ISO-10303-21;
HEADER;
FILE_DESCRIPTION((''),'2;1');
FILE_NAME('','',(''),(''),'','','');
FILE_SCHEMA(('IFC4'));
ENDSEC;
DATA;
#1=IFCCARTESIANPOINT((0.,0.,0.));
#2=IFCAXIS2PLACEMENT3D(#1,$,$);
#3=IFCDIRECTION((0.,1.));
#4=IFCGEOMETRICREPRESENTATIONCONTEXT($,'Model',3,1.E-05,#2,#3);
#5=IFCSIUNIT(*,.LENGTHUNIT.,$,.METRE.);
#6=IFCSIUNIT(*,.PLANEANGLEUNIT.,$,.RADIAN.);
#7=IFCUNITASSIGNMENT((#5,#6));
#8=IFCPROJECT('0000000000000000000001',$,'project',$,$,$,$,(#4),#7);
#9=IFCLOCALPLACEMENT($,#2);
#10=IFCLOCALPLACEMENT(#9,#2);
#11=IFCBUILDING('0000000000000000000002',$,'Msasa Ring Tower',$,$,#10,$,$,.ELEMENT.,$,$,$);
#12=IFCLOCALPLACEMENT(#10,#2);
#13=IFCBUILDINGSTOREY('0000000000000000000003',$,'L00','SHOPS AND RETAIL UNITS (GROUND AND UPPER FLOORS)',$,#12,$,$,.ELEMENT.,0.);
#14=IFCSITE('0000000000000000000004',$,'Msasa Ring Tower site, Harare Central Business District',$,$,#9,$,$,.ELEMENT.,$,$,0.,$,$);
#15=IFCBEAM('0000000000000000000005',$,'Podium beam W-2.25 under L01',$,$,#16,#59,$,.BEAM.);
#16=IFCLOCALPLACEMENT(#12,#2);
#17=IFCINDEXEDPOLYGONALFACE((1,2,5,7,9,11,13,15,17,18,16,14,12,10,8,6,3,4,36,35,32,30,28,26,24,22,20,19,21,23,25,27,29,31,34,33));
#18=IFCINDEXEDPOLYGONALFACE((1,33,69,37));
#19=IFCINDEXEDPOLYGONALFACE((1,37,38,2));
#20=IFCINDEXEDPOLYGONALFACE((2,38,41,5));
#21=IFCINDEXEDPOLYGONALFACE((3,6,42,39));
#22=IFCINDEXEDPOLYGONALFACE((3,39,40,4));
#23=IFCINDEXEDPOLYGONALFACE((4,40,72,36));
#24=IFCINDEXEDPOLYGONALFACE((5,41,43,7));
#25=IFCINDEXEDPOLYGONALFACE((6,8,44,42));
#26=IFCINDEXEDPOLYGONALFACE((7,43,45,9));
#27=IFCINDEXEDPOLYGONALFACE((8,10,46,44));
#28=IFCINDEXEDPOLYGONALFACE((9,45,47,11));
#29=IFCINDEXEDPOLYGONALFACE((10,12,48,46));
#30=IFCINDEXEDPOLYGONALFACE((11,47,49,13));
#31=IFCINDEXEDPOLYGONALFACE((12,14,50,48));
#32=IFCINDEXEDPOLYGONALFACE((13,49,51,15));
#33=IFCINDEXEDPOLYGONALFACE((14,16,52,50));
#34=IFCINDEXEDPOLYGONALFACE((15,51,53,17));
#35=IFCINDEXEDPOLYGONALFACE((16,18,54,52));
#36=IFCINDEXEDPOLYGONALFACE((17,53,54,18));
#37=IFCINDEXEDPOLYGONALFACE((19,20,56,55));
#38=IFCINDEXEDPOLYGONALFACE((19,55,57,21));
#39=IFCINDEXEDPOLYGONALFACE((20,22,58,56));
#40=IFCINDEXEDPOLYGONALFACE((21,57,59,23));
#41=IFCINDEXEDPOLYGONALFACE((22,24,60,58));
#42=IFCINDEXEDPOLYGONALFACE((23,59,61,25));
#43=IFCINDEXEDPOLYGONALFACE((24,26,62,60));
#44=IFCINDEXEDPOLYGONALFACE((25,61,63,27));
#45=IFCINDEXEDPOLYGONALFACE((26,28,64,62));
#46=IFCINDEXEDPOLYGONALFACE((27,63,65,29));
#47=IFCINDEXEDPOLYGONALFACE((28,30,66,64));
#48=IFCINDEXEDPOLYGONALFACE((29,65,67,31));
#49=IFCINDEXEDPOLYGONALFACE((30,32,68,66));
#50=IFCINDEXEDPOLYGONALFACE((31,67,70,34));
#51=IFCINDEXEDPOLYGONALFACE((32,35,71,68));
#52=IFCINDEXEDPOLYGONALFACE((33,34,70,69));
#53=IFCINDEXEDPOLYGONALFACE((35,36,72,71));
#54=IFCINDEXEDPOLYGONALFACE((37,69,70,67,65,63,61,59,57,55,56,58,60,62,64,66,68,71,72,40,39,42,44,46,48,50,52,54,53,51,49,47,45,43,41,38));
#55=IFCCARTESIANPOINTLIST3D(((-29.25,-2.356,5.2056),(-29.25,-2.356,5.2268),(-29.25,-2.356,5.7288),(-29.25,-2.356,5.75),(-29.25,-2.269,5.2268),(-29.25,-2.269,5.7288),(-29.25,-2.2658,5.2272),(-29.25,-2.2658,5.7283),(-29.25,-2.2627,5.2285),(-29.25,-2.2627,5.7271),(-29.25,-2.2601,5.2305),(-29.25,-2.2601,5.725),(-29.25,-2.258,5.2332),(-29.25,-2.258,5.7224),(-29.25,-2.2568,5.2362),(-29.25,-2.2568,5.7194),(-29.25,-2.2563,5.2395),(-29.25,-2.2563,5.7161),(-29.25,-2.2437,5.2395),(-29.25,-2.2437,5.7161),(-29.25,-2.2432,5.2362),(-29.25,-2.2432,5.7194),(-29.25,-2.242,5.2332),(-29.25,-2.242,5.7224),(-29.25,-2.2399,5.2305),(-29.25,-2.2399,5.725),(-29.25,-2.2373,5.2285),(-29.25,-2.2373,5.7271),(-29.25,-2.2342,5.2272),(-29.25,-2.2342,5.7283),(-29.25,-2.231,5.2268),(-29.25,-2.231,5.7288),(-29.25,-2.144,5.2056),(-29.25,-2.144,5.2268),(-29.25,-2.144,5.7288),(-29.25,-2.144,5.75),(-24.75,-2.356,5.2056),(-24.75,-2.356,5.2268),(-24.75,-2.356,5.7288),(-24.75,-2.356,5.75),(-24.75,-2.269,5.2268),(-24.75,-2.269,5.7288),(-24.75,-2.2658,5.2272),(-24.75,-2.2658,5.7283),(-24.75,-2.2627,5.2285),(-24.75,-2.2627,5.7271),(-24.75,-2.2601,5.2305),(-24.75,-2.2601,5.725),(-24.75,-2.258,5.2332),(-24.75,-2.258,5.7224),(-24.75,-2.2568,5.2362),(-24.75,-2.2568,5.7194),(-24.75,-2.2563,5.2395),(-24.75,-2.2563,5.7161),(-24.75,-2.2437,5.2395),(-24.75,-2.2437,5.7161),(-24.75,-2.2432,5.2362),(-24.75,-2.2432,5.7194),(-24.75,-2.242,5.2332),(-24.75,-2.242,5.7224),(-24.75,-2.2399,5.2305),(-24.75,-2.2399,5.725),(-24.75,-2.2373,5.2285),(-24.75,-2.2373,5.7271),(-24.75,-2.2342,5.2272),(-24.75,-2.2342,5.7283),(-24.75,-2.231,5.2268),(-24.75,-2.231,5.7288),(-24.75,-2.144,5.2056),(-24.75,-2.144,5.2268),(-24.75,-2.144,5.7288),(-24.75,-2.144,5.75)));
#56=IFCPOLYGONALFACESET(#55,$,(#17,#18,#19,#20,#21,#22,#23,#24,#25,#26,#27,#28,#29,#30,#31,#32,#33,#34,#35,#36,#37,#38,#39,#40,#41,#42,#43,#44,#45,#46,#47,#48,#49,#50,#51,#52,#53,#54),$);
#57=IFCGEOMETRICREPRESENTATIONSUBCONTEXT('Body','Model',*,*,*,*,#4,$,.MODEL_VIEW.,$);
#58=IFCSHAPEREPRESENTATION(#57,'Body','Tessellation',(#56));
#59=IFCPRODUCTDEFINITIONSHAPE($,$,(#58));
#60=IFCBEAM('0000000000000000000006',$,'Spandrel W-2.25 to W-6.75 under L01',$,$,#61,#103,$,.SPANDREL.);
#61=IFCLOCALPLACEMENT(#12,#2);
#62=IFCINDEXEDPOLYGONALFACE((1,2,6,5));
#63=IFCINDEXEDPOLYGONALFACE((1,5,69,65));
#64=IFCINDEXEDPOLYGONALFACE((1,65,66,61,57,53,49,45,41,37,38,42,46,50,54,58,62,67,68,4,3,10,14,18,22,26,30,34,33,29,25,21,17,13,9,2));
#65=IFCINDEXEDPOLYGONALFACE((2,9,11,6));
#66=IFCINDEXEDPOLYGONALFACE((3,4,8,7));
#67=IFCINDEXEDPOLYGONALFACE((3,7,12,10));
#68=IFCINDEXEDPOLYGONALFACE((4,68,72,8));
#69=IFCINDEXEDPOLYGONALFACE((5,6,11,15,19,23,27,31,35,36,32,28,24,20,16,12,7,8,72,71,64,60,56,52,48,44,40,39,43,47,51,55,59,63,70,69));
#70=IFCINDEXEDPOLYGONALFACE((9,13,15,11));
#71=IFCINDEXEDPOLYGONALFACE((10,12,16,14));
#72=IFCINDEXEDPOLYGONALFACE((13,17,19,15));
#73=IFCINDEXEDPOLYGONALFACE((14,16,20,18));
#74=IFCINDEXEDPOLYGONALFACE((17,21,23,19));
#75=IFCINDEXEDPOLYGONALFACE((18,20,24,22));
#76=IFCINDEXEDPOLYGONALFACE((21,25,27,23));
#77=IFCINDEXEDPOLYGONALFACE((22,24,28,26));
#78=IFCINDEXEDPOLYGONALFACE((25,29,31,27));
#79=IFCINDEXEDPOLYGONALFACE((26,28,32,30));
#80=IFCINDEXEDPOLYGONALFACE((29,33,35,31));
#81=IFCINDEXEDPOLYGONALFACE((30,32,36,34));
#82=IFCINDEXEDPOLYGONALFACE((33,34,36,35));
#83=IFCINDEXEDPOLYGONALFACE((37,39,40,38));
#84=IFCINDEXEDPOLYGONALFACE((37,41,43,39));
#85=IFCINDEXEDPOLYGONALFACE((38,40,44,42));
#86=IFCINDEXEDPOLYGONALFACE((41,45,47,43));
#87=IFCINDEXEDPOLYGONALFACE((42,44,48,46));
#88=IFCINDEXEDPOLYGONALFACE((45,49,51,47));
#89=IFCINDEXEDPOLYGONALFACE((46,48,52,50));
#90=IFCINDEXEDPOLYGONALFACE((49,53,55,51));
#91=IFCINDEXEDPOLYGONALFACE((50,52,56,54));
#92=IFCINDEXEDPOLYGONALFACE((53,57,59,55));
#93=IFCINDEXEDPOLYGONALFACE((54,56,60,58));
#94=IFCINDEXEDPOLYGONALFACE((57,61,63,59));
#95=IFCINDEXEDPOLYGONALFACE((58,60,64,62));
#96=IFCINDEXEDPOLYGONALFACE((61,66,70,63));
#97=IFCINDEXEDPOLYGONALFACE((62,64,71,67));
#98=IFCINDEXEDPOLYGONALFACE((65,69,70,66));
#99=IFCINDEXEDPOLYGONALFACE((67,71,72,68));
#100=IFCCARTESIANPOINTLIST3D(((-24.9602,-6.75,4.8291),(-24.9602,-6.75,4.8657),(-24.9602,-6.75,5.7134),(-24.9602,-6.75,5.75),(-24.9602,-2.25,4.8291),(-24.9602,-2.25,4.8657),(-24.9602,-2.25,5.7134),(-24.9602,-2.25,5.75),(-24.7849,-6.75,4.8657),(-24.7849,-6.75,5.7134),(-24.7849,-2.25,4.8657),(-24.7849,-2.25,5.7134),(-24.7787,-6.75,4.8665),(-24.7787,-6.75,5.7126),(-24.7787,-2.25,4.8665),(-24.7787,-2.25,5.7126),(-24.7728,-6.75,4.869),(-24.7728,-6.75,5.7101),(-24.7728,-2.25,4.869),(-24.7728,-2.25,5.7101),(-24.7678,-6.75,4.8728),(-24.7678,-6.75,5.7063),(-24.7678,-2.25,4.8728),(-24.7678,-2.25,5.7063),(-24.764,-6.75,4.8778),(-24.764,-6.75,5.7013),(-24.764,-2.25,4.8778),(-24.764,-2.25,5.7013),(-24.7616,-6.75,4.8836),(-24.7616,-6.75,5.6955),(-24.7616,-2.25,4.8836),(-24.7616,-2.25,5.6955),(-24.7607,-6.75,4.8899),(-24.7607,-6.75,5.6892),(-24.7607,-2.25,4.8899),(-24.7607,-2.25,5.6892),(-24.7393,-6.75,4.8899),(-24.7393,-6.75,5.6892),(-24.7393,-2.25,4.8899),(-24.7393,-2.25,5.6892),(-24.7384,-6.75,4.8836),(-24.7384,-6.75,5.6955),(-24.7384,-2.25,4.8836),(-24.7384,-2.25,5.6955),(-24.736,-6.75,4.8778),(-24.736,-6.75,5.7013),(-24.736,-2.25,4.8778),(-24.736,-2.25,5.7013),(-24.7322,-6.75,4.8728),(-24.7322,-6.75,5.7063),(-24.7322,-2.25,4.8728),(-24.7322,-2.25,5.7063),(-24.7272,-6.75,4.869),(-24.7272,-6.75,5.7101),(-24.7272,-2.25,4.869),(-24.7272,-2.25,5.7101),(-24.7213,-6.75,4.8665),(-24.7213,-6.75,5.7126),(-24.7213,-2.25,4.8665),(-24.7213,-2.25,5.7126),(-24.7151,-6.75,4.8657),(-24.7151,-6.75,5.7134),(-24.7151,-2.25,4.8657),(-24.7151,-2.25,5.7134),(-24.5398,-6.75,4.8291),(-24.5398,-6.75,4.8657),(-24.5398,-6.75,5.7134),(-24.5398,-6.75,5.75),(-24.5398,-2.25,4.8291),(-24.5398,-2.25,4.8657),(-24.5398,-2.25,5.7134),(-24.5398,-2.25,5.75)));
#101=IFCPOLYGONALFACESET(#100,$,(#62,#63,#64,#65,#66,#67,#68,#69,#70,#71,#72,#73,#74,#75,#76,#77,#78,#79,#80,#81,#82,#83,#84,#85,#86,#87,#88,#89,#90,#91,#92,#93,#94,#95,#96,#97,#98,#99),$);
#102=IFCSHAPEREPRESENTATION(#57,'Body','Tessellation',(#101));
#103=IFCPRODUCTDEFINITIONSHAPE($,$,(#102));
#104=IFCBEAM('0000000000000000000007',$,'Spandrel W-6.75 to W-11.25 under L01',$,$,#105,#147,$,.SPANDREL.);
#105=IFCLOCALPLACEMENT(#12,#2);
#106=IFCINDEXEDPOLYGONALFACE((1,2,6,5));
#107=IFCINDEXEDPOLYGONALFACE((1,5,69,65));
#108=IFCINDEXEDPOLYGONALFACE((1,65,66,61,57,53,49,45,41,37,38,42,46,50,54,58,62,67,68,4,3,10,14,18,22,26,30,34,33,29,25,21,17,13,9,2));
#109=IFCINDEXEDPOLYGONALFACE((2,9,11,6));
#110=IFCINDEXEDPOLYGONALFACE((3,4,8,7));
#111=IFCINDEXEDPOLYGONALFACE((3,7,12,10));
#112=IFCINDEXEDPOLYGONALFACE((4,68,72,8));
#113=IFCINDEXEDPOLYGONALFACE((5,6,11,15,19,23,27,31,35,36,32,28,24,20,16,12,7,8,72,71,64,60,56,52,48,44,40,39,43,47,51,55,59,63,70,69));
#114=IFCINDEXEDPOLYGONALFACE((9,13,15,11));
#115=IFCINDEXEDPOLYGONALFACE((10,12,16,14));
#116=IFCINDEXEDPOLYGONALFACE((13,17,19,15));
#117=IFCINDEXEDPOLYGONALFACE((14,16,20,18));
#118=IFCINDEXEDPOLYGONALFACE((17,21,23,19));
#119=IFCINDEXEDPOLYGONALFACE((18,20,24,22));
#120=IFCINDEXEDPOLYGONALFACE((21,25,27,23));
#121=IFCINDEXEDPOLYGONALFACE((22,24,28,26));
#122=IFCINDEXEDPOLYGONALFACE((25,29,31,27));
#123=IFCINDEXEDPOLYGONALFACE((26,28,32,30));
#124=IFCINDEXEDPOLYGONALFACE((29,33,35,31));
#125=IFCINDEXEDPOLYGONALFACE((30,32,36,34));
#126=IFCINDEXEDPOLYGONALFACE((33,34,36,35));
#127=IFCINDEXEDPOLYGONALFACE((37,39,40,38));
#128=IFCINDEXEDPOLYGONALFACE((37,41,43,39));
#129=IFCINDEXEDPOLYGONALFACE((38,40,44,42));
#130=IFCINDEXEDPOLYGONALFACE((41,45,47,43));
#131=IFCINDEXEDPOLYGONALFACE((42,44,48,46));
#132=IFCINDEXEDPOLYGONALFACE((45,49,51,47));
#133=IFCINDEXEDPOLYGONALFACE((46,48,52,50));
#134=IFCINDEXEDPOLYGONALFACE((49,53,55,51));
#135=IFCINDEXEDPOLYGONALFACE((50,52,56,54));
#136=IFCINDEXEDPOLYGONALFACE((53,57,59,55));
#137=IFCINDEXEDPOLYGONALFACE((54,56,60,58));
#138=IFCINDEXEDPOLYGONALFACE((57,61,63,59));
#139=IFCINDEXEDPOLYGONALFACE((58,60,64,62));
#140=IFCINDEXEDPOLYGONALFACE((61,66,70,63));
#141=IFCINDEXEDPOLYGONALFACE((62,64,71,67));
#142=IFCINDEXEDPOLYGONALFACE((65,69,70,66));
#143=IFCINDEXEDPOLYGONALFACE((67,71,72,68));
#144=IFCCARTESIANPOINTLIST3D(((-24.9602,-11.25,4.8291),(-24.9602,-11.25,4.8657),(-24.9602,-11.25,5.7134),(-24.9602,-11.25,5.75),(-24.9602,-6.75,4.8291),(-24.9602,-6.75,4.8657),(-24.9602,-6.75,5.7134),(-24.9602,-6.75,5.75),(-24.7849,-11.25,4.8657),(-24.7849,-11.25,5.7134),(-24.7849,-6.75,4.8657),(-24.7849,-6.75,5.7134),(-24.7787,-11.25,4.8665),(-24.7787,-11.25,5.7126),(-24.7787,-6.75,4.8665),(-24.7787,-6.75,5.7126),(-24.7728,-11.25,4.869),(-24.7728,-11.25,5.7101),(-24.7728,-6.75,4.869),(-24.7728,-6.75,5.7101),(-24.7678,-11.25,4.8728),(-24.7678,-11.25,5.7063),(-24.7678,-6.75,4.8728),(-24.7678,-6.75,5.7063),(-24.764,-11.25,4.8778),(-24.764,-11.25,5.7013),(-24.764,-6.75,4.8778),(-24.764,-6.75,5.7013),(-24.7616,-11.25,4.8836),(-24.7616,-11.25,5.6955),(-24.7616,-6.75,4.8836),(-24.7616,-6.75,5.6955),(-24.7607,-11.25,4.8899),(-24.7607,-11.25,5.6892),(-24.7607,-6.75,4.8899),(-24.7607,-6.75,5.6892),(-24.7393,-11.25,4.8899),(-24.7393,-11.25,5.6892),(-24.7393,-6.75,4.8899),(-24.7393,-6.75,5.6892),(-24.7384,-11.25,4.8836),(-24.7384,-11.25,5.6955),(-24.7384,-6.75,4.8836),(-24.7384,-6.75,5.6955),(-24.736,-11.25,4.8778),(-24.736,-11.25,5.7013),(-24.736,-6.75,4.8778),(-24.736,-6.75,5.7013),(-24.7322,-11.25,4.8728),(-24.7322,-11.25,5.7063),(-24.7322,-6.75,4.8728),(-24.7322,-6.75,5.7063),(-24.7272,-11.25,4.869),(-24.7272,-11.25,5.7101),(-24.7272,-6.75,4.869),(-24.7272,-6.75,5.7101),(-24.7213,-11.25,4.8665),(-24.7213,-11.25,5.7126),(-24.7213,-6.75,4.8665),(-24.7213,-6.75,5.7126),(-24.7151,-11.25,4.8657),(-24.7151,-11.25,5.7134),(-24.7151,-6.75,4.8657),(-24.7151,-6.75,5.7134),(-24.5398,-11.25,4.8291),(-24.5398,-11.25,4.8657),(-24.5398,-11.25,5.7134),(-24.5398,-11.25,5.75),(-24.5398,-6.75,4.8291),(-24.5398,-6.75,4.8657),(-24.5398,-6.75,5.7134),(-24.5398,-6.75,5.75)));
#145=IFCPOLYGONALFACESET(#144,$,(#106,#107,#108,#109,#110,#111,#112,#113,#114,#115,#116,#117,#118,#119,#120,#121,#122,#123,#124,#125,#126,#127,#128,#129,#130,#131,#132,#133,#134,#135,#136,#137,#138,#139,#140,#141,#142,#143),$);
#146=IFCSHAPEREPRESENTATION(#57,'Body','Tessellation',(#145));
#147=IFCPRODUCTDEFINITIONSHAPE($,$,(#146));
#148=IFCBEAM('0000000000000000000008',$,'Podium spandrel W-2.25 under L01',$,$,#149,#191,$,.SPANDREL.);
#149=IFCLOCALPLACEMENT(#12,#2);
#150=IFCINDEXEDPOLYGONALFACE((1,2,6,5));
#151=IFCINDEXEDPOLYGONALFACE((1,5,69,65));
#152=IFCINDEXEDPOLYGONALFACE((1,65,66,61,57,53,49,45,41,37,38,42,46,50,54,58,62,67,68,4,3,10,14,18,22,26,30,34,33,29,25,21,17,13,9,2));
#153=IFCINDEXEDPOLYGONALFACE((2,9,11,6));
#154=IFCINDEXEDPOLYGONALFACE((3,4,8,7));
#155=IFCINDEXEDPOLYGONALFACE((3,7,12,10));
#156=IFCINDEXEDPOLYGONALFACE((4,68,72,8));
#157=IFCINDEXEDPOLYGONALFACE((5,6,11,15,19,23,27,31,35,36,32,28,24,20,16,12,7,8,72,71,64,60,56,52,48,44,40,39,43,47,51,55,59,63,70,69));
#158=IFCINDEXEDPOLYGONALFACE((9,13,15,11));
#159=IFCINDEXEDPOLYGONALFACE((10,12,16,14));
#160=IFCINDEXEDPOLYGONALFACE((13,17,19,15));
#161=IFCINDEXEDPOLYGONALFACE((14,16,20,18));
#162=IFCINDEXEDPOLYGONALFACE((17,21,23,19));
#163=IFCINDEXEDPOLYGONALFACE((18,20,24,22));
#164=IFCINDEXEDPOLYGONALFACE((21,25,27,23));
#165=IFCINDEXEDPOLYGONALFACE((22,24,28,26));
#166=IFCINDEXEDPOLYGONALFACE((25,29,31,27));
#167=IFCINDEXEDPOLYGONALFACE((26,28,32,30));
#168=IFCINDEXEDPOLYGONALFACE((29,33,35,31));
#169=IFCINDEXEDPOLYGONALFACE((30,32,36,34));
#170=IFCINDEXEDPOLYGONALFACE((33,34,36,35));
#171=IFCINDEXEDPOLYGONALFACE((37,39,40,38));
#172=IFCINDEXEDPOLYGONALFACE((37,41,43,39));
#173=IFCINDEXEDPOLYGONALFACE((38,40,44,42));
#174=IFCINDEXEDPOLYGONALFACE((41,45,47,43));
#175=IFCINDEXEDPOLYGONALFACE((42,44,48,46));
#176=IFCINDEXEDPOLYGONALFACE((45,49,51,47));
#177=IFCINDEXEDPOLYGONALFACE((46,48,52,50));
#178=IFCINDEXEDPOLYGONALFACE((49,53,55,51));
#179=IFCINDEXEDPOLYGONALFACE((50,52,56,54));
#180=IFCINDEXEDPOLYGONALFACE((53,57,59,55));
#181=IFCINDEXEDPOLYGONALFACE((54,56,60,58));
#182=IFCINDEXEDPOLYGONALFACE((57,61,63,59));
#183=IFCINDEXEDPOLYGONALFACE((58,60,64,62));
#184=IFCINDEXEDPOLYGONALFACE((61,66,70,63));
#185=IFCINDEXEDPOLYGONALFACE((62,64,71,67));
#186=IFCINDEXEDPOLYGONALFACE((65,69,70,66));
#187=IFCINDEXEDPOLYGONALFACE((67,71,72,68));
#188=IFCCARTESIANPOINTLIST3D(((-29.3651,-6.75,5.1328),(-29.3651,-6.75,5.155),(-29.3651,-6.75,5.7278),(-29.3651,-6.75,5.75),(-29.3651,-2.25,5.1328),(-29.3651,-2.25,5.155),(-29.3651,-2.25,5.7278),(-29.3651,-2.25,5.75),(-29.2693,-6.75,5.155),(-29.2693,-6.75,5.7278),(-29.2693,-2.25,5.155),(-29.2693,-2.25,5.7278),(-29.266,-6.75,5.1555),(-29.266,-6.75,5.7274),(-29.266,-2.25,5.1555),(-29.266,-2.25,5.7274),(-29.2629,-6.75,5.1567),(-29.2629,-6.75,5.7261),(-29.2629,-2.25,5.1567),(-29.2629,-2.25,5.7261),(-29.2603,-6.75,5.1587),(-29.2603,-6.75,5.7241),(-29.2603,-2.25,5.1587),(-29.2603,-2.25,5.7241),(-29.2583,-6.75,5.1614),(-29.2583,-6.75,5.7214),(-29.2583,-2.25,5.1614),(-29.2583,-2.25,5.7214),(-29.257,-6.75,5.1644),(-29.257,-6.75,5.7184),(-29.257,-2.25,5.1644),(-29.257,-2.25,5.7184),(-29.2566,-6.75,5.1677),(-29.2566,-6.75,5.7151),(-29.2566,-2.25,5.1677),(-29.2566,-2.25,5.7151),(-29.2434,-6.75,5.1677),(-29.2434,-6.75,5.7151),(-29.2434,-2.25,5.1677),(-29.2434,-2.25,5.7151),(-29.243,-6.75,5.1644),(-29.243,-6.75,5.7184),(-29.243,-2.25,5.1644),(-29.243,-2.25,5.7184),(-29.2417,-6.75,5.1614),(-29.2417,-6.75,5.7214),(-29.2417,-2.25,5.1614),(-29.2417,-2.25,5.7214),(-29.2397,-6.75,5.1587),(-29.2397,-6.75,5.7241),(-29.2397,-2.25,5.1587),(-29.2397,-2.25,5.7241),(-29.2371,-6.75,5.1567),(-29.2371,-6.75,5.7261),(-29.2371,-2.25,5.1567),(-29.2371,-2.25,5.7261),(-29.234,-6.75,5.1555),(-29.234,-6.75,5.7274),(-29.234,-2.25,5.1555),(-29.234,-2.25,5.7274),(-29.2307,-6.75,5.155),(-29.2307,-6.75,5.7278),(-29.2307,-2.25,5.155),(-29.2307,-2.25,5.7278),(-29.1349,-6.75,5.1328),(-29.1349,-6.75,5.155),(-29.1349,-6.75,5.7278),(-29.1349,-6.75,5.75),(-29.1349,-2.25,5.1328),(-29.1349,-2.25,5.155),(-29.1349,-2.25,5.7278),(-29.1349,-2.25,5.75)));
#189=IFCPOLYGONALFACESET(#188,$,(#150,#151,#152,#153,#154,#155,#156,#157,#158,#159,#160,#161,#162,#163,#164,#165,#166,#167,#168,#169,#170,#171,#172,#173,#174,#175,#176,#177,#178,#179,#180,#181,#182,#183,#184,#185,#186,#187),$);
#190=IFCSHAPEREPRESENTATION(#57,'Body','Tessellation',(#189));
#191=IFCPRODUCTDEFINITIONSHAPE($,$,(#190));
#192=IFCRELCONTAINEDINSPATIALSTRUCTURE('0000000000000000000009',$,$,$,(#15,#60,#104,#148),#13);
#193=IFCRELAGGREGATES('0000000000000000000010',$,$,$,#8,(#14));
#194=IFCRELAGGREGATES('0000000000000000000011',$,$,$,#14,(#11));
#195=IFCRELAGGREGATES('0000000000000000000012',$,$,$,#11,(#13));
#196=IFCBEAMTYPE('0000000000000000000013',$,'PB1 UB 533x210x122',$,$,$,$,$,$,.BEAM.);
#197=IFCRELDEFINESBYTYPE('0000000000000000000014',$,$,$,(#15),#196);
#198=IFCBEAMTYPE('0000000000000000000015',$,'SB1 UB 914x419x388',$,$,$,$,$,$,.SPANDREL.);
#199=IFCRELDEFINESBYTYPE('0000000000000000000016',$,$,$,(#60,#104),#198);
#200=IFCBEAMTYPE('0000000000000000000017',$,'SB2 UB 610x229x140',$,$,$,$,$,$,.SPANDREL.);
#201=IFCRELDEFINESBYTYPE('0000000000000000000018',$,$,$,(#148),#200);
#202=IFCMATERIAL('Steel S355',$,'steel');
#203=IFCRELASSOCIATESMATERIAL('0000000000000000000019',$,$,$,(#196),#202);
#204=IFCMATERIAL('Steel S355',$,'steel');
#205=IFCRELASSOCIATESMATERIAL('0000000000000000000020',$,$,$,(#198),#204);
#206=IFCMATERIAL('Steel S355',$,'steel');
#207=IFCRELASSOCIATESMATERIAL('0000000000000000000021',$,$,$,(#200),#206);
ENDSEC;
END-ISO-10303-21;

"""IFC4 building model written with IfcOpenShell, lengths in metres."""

from ifc_helpers import new_model, si_unit, direction, frame, origin, origin_2d, place, context, subcontext, project, spatial, i_section, extrude, material, material_profile, profile_set, type_object, element, save


model = new_model("IFC4")

# Units and contexts
model_context = context("Model", 3, precision=1e-05, world=origin(), true_north=direction((0.0, 1.0)))
body_context = subcontext(model_context, "Body", "Model", "MODEL_VIEW")
ifc_project = project(units=[si_unit("LENGTHUNIT", "METRE"), si_unit("PLANEANGLEUNIT", "RADIAN")], contexts=[model_context])

# Site, building, storey
site_placement = place(None, origin())
site = spatial("IfcSite", under=ifc_project, at=site_placement, Name="Msasa Ring Tower site, Harare Central Business District", CompositionType="ELEMENT", RefElevation=0.0)
building_placement = place(site_placement, origin())
building = spatial("IfcBuilding", under=site, at=building_placement, Name="Msasa Ring Tower", CompositionType="ELEMENT")
storey_placement = place(building_placement, origin())
storey = spatial("IfcBuildingStorey", under=building, at=storey_placement, Name="L00", Description="SHOPS AND RETAIL UNITS (GROUND AND UPPER FLOORS)", CompositionType="ELEMENT", Elevation=0.0)

# Beams
ifc_material_1 = material(Name="Steel S355", Category="steel")
ifc_material_profile_1 = material_profile(ifc_material_1, i_section(OverallWidth=0.2119, OverallDepth=0.5444, WebThickness=0.0127, FlangeThickness=0.0212, FilletRadius=0.0127, at=origin_2d()), Name="UB 533x210x122")
ifc_profile_set_1 = profile_set([ifc_material_profile_1], Name="Steel S355")
beam_type_1 = type_object("IfcBeamType", Name="PB1 UB 533x210x122", PredefinedType="BEAM", material=ifc_profile_set_1)
beam_1_placement = place(storey_placement, frame((-29.25, -2.25, 5.4778), z_axis=(1.0, 0.0, 0.0), x_axis=(0.0, 1.0, 0.0)))
element("IfcBeam", 1, at=beam_1_placement, inside=storey, type_object=beam_type_1, Name="Podium beam W-2.25 under L01", PredefinedType="BEAM", context=body_context, shape_type="SweptSolid", body=[
    extrude(i_section(OverallWidth=0.2119, OverallDepth=0.5444, WebThickness=0.0127, FlangeThickness=0.0212, FilletRadius=0.0127, at=origin_2d()), origin(), (0.0, 0.0, 1.0), 4.5),
])
ifc_material_2 = material(Name="Steel S355", Category="steel")
ifc_material_profile_2 = material_profile(ifc_material_2, i_section(OverallWidth=0.4204, OverallDepth=0.9209, WebThickness=0.0215, FlangeThickness=0.0366, FilletRadius=0.0242, at=origin_2d()), Name="UB 914x419x388")
ifc_profile_set_2 = profile_set([ifc_material_profile_2], Name="Steel S355")
beam_type_2 = type_object("IfcBeamType", Name="SB1 UB 914x419x388", PredefinedType="SPANDREL", material=ifc_profile_set_2)
for number, where, z_axis, x_axis, name in (
    (2, (-24.75, -2.25, 5.2896), (0.0, -1.0, 0.0), (1.0, 0.0, 0.0), "Spandrel W-2.25 to W-6.75 under L01"),
    (3, (-24.75, -6.75, 5.2896), (0.0, -1.0, 0.0), (1.0, 0.0, 0.0), "Spandrel W-6.75 to W-11.25 under L01"),
):
    element("IfcBeam", number, at=place(storey_placement, frame(where, z_axis=z_axis, x_axis=x_axis)), inside=storey, type_object=beam_type_2, Name=name, PredefinedType="SPANDREL", context=body_context, shape_type="SweptSolid", body=[
        extrude(i_section(OverallWidth=0.4204, OverallDepth=0.9209, WebThickness=0.0215, FlangeThickness=0.0366, FilletRadius=0.0242, at=origin_2d()), origin(), (0.0, 0.0, 1.0), 4.5),
    ])
ifc_material_3 = material(Name="Steel S355", Category="steel")
ifc_material_profile_3 = material_profile(ifc_material_3, i_section(OverallWidth=0.2302, OverallDepth=0.6172, WebThickness=0.0132, FlangeThickness=0.0222, FilletRadius=0.0127, at=origin_2d()), Name="UB 610x229x140")
ifc_profile_set_3 = profile_set([ifc_material_profile_3], Name="Steel S355")
beam_type_3 = type_object("IfcBeamType", Name="SB2 UB 610x229x140", PredefinedType="SPANDREL", material=ifc_profile_set_3)
beam_2_placement = place(storey_placement, frame((-29.25, -2.25, 5.4414), z_axis=(0.0, -1.0, 0.0), x_axis=(1.0, 0.0, 0.0)))
element("IfcBeam", 4, at=beam_2_placement, inside=storey, type_object=beam_type_3, Name="Podium spandrel W-2.25 under L01", PredefinedType="SPANDREL", context=body_context, shape_type="SweptSolid", body=[
    extrude(i_section(OverallWidth=0.2302, OverallDepth=0.6172, WebThickness=0.0132, FlangeThickness=0.0222, FilletRadius=0.0127, at=origin_2d()), origin(), (0.0, 0.0, 1.0), 4.5),
])

save(model, "model.ifc")
